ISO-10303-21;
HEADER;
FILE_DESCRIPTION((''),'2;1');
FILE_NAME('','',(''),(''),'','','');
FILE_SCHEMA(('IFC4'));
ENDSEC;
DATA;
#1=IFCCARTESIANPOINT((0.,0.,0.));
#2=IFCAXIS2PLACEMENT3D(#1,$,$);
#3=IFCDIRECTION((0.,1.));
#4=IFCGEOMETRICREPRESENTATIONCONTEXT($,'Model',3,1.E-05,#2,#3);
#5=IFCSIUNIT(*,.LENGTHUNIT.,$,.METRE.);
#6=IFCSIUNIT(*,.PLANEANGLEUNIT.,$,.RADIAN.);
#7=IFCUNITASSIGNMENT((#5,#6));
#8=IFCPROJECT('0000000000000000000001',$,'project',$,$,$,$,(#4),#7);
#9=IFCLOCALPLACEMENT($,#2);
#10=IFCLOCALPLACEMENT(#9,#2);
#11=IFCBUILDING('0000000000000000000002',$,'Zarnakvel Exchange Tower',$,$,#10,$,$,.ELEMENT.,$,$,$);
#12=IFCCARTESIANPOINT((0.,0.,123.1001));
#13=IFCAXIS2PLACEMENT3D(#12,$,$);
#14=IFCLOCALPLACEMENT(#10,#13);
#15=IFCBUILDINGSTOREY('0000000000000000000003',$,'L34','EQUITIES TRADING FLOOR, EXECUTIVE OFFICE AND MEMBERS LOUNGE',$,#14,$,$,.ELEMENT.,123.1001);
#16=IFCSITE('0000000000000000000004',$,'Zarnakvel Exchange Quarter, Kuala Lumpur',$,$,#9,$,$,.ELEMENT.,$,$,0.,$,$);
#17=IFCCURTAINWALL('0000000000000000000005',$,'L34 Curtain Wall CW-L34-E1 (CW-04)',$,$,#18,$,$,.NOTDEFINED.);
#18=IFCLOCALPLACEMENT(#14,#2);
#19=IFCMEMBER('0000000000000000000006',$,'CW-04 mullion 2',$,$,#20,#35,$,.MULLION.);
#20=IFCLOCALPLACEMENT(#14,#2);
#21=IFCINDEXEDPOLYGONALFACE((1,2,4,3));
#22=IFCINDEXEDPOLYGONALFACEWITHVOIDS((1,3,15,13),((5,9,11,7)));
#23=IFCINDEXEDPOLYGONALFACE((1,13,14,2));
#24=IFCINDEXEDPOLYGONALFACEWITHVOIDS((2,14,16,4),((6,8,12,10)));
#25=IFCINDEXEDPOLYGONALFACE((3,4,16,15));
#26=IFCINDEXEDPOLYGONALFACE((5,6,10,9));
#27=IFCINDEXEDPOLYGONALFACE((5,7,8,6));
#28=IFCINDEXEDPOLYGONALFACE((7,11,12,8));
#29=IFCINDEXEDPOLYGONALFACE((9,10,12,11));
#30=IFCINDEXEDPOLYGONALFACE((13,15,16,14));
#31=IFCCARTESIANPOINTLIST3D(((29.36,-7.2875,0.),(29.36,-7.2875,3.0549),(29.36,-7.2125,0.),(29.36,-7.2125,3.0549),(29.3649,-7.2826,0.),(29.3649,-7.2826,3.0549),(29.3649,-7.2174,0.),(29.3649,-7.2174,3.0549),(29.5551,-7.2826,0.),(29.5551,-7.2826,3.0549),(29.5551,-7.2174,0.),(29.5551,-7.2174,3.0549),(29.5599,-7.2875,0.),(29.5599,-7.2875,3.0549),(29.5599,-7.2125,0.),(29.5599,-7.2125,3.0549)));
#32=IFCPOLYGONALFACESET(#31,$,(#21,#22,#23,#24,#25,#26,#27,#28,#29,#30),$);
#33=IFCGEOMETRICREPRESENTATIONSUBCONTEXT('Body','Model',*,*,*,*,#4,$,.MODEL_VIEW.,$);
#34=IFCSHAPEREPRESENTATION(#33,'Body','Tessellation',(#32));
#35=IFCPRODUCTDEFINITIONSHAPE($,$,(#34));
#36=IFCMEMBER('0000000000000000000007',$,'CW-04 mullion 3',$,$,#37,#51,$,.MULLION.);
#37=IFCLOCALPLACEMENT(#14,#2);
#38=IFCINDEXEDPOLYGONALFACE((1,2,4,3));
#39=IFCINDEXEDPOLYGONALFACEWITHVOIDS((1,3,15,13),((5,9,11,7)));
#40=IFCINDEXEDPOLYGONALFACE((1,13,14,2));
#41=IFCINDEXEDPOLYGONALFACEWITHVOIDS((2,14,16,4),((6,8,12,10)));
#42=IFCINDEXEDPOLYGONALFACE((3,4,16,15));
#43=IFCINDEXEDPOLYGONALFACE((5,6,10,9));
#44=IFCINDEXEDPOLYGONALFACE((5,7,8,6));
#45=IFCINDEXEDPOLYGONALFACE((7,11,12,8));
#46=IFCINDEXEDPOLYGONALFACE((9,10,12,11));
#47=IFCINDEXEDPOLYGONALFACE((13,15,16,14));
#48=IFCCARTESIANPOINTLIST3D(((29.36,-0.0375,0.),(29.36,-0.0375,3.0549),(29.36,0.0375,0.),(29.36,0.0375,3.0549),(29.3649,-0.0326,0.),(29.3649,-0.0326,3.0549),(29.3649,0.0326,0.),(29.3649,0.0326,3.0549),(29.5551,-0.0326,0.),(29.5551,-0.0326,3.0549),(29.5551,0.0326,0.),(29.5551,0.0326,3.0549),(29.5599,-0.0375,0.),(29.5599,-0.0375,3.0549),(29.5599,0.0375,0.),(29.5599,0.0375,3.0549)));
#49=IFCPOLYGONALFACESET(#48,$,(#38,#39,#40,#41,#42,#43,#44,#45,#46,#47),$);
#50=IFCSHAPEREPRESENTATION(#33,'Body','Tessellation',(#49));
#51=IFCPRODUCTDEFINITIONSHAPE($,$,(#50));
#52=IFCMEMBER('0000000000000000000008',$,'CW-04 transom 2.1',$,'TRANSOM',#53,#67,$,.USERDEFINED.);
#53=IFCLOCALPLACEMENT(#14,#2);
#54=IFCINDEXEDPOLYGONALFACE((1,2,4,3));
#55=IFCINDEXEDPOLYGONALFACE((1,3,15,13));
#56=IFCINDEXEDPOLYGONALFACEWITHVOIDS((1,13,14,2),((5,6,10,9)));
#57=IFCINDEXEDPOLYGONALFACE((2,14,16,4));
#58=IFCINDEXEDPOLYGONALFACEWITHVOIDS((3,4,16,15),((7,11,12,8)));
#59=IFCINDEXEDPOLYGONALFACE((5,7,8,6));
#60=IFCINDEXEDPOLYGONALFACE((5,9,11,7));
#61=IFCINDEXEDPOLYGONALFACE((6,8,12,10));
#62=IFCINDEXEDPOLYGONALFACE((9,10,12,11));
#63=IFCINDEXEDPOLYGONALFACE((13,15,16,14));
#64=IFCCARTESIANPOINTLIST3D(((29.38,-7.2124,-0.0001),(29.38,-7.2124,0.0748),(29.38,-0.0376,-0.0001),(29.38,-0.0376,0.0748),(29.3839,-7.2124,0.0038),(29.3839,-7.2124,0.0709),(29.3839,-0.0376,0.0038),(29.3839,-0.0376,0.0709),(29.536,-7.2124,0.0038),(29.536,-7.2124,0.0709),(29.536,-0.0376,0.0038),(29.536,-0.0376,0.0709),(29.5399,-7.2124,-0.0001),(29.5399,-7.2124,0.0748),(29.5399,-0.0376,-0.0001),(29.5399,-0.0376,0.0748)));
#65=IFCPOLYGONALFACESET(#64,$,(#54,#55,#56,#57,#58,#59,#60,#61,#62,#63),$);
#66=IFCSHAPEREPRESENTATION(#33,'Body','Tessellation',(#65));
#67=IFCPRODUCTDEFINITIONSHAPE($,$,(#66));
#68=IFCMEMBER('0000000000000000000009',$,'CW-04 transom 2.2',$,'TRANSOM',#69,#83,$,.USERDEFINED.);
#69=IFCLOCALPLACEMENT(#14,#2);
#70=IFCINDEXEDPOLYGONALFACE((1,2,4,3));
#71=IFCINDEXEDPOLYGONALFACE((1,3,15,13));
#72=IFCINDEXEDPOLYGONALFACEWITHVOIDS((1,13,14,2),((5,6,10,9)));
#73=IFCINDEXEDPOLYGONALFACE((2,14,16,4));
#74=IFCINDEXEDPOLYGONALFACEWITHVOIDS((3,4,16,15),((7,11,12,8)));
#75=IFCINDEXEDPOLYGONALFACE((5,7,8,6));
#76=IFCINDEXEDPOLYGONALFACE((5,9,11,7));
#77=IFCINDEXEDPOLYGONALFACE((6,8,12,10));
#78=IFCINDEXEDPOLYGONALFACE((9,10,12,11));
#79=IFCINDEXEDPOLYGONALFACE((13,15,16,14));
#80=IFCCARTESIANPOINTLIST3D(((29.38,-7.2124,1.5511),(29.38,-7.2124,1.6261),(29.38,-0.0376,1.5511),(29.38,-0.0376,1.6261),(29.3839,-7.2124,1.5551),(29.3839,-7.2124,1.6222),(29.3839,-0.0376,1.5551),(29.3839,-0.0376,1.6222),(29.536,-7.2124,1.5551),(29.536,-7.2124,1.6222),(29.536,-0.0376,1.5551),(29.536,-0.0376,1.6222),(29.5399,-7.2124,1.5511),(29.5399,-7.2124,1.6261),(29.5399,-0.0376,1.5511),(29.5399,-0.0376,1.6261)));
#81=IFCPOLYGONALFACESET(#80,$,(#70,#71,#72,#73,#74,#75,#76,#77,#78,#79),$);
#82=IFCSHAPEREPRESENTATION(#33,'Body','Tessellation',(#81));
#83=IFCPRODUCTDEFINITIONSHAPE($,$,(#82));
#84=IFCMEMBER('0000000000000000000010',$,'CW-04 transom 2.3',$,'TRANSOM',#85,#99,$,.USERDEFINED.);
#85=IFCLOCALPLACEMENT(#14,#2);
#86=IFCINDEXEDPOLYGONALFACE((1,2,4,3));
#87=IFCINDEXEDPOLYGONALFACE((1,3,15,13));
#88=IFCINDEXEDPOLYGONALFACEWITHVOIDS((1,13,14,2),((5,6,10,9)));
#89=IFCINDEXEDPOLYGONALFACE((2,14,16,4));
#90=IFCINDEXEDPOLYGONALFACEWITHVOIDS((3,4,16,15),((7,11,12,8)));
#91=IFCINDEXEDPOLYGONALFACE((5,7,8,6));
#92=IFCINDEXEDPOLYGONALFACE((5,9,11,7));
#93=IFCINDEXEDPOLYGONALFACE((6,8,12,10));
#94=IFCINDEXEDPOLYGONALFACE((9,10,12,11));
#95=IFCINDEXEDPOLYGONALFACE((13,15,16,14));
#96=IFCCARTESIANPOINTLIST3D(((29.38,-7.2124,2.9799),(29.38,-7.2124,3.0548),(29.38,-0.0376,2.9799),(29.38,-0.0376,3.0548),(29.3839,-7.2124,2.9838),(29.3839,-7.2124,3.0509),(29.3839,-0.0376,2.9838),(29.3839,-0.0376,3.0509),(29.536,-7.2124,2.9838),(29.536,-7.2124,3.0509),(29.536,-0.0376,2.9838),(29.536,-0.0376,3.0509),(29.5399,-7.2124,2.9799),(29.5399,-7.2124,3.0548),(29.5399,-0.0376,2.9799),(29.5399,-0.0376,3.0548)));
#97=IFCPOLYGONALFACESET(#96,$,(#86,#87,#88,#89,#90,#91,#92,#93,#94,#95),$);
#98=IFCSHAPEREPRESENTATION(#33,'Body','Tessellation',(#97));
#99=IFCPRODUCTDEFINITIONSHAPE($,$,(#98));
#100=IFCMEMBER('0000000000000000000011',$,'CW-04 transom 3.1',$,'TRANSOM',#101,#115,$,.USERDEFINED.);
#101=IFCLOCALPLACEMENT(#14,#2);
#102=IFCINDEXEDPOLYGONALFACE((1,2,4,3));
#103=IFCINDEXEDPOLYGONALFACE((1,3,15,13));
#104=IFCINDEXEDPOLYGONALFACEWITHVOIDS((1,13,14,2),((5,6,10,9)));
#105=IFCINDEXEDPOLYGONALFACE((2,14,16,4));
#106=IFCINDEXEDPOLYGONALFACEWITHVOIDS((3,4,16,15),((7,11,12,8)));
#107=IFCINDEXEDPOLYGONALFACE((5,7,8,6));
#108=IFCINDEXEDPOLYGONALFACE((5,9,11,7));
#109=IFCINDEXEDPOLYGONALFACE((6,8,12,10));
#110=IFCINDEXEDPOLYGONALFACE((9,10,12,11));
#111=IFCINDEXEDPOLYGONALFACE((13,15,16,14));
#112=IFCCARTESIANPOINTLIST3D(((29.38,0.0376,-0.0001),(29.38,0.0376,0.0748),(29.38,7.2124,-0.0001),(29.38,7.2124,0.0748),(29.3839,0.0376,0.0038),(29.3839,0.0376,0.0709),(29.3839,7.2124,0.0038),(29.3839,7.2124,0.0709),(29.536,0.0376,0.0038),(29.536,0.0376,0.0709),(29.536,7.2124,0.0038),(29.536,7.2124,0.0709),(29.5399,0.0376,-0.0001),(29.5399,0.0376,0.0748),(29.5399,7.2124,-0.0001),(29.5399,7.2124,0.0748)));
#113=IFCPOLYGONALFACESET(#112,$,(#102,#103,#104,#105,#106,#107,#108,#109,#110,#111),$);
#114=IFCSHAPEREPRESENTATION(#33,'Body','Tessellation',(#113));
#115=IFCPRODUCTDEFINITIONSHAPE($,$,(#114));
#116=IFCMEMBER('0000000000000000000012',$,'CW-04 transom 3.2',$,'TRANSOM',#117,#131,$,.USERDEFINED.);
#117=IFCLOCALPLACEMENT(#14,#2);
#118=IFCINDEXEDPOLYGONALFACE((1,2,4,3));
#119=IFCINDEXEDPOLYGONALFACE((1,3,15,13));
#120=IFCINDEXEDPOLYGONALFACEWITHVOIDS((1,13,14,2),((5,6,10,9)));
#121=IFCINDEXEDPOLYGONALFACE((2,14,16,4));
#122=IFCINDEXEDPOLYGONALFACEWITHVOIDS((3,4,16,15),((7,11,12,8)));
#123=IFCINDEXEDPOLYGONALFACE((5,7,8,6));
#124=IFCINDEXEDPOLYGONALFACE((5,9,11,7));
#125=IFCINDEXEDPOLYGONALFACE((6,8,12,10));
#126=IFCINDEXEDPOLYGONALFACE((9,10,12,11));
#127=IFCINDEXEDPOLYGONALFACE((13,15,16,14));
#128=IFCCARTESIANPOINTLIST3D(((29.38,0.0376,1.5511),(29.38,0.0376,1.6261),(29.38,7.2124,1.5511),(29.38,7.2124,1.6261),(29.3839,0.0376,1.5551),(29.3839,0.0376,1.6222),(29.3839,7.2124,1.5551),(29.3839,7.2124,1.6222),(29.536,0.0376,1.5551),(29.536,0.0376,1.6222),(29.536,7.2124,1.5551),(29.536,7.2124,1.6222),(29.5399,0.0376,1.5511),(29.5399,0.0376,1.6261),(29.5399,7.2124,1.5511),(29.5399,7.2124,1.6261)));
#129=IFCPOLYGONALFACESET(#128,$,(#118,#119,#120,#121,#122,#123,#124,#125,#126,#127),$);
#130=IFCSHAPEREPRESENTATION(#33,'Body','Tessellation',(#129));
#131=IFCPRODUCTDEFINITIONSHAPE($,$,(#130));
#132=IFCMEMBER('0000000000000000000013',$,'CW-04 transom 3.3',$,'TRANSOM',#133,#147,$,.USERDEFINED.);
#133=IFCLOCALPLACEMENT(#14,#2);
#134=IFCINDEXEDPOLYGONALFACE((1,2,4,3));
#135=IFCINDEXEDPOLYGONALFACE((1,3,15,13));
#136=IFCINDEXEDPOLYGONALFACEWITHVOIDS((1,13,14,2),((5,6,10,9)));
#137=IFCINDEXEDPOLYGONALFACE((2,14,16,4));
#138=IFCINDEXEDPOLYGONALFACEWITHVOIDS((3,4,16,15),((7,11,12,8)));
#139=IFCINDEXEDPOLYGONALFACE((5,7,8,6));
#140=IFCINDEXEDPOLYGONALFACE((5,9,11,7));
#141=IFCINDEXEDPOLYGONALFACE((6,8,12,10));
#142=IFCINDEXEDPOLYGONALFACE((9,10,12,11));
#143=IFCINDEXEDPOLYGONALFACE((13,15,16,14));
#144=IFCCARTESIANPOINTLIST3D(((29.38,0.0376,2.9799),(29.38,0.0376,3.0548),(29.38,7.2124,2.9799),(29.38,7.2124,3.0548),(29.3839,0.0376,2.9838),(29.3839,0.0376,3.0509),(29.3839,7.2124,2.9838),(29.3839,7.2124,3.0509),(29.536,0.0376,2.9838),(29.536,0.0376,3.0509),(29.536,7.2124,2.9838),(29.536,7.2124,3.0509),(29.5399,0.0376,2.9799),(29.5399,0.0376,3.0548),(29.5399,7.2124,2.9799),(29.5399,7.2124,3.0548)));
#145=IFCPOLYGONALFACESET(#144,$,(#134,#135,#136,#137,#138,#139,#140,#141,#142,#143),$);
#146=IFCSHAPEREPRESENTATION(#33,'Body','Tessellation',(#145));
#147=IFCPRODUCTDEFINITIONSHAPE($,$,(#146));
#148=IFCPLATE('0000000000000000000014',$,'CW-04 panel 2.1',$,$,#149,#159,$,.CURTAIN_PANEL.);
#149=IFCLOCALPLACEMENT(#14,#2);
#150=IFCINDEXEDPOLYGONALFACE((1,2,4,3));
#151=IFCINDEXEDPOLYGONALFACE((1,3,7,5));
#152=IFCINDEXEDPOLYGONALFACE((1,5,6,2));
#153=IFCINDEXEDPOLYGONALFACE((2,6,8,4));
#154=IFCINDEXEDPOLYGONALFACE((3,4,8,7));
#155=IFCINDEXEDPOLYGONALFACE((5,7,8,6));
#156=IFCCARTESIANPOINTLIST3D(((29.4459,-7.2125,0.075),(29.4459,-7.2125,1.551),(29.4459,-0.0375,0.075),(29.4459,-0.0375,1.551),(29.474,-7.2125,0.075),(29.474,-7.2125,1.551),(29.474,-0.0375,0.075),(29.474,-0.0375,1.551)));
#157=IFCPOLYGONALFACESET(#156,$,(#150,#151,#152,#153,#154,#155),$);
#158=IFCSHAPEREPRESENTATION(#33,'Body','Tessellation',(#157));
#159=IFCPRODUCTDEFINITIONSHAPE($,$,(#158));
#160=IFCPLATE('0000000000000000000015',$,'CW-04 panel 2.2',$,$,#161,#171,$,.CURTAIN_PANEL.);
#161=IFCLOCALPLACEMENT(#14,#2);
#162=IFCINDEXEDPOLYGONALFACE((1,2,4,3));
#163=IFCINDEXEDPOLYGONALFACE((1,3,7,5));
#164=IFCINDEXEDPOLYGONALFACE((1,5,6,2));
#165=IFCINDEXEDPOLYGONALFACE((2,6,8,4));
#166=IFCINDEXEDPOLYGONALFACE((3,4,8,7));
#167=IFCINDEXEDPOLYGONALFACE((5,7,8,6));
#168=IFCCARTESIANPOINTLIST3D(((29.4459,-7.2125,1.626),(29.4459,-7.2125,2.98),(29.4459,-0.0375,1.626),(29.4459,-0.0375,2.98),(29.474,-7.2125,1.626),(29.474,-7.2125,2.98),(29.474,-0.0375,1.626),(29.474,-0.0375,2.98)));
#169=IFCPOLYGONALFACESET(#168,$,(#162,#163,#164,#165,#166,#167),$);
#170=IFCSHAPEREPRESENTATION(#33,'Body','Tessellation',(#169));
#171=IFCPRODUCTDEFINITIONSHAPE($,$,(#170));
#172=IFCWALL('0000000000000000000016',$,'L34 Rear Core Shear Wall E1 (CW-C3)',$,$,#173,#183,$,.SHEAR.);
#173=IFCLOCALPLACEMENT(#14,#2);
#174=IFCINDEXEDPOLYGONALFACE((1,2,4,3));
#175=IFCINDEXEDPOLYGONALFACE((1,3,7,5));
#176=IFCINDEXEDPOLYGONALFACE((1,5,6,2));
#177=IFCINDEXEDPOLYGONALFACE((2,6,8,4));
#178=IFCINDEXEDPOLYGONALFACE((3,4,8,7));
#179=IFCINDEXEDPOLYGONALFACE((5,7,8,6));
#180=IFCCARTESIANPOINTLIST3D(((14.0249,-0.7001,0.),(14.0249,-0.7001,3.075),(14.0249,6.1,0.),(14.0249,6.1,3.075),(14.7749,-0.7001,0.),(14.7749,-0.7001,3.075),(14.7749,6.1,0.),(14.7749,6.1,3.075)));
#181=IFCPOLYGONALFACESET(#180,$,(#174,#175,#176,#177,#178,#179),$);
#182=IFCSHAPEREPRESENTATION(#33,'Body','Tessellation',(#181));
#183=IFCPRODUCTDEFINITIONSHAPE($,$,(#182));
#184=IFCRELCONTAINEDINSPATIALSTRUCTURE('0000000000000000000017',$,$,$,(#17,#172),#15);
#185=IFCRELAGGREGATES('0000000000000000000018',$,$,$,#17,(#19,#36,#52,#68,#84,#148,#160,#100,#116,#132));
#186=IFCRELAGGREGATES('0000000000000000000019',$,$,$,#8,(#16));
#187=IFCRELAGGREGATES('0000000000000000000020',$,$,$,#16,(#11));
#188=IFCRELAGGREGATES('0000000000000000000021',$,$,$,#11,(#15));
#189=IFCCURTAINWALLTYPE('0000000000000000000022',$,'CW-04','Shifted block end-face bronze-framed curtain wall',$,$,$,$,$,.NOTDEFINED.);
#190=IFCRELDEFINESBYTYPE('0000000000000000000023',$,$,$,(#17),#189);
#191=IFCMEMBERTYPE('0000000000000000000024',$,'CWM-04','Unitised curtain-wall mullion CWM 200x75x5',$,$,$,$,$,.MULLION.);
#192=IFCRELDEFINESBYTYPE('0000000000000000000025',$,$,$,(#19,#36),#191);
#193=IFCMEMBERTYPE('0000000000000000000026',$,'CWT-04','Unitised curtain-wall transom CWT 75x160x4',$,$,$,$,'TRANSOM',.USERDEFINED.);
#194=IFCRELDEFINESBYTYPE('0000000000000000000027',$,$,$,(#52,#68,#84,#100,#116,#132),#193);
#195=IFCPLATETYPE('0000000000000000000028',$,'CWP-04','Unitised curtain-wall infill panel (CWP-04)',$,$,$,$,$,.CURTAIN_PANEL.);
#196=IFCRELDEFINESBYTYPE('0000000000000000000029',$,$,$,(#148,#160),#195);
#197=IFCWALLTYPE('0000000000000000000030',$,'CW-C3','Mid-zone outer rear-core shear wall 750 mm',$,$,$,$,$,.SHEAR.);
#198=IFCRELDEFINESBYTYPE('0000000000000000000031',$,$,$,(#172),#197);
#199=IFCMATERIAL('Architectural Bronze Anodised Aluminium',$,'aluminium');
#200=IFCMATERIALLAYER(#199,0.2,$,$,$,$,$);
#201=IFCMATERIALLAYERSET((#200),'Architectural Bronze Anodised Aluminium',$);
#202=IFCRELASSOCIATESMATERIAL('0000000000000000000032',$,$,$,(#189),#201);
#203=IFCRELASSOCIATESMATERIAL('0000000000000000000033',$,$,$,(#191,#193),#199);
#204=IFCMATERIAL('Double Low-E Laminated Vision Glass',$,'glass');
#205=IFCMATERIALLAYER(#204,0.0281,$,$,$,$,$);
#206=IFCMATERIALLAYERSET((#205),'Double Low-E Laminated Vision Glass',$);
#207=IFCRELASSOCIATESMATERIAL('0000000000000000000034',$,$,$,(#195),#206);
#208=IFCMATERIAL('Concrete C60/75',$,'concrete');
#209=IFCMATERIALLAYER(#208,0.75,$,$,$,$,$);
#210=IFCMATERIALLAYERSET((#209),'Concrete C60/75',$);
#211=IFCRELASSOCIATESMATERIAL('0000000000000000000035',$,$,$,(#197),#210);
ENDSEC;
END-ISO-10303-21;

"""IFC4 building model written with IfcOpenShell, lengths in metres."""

from ifc_helpers import new_model, si_unit, direction, frame, frame_2d, origin, origin_2d, place, context, subcontext, project, spatial, rectangle, hollow_rectangle, extrude, source, transform, mapped, material, layer, layer_set, material_profile, profile_set, type_object, element, aggregate, save


model = new_model("IFC4")

# Units and contexts
model_context = context("Model", 3, precision=1e-05, world=origin(), true_north=direction((0.0, 1.0)))
body_context = subcontext(model_context, "Body", "Model", "MODEL_VIEW")
ifc_project = project(units=[si_unit("LENGTHUNIT", "METRE"), si_unit("PLANEANGLEUNIT", "RADIAN")], contexts=[model_context])

# Site, building, storey
site_placement = place(None, origin())
site = spatial("IfcSite", under=ifc_project, at=site_placement, Name="Zarnakvel Exchange Quarter, Kuala Lumpur", CompositionType="ELEMENT", RefElevation=0.0)
building_placement = place(site_placement, origin())
building = spatial("IfcBuilding", under=site, at=building_placement, Name="Zarnakvel Exchange Tower", CompositionType="ELEMENT")
storey_placement = place(building_placement, frame((0.0, 0.0, 123.1001)))
storey = spatial("IfcBuildingStorey", under=building, at=storey_placement, Name="L34", Description="EQUITIES TRADING FLOOR, EXECUTIVE OFFICE AND MEMBERS LOUNGE", CompositionType="ELEMENT", Elevation=123.1001)

# Shared definitions
ifc_material_1 = material(Name="Concrete C60/75", Category="concrete")

# Curtain wall, members, plates
ifc_material_2 = material(Name="Architectural Bronze Anodised Aluminium", Category="aluminium")
ifc_layer_1 = layer(ifc_material_2, 0.2)
ifc_layer_set_1 = layer_set([ifc_layer_1], Name="Architectural Bronze Anodised Aluminium")
curtain_wall_type = type_object("IfcCurtainWallType", Name="CW-04", Description="Shifted block end-face bronze-framed curtain wall", PredefinedType="NOTDEFINED", material=ifc_layer_set_1)
curtain_wall_placement = place(storey_placement, origin())
curtain_wall = element("IfcCurtainWall", 1, at=curtain_wall_placement, inside=storey, type_object=curtain_wall_type, Name="L34 Curtain Wall CW-L34-E1 (CW-04)", PredefinedType="NOTDEFINED")
ifc_material_profile_1 = material_profile(ifc_material_2, hollow_rectangle(XDim=0.2, YDim=0.075, WallThickness=0.0049, at=origin_2d()))
ifc_profile_set_1 = profile_set([ifc_material_profile_1], Name="Architectural Bronze Anodised Aluminium")
member_type_1 = type_object("IfcMemberType", Name="CWM-04", Description="Unitised curtain-wall mullion CWM 200x75x5", PredefinedType="MULLION", material=ifc_profile_set_1)
shared_shape_1 = source(origin(), body_context, "Body", "SweptSolid", [
    extrude(hollow_rectangle(XDim=0.2, YDim=0.075, WallThickness=0.0049, at=origin_2d()), origin(), (0.0, 0.0, 1.0), 3.0549),
])
member_1_placement = place(storey_placement, frame((29.46, -7.25, 0.0), z_axis=(0.0, 0.0, 1.0), x_axis=(-1.0, 0.0, 0.0)))
member_1 = element("IfcMember", 2, at=member_1_placement, type_object=member_type_1, Name="CW-04 mullion 2", PredefinedType="MULLION", context=body_context, shape_type="MappedRepresentation", body=[
    mapped(shared_shape_1, transform((0.0, 0.0, 0.0), x_axis=(1.0, 0.0, 0.0), y_axis=(0.0, 1.0, 0.0), z_axis=(0.0, 0.0, 1.0), scale=1.0)),
])
member_2_placement = place(storey_placement, frame((29.46, 0.0, 0.0), z_axis=(0.0, 0.0, 1.0), x_axis=(-1.0, 0.0, 0.0)))
member_2 = element("IfcMember", 3, at=member_2_placement, type_object=member_type_1, Name="CW-04 mullion 3", PredefinedType="MULLION", context=body_context, shape_type="MappedRepresentation", body=[
    mapped(shared_shape_1, transform((0.0, 0.0, 0.0), x_axis=(1.0, 0.0, 0.0), y_axis=(0.0, 1.0, 0.0), z_axis=(0.0, 0.0, 1.0), scale=1.0)),
])
ifc_material_profile_2 = material_profile(ifc_material_2, hollow_rectangle(XDim=0.1599, YDim=0.075, WallThickness=0.0039, at=origin_2d()))
ifc_profile_set_2 = profile_set([ifc_material_profile_2], Name="Architectural Bronze Anodised Aluminium")
member_type_2 = type_object("IfcMemberType", Name="CWT-04", Description="Unitised curtain-wall transom CWT 75x160x4", ElementType="TRANSOM", PredefinedType="USERDEFINED", material=ifc_profile_set_2)
shared_shape_2 = source(origin(), body_context, "Body", "SweptSolid", [
    extrude(hollow_rectangle(XDim=0.1599, YDim=0.075, WallThickness=0.0039, at=origin_2d()), origin(), (0.0, 0.0, 1.0), 7.1748),
])
member_3_placement = place(storey_placement, frame((29.46, -7.2124, 0.0374), z_axis=(0.0, 1.0, 0.0), x_axis=(-1.0, 0.0, 0.0)))
member_3 = element("IfcMember", 4, at=member_3_placement, type_object=member_type_2, Name="CW-04 transom 2.1", ObjectType="TRANSOM", PredefinedType="USERDEFINED", context=body_context, shape_type="MappedRepresentation", body=[
    mapped(shared_shape_2, transform((0.0, 0.0, 0.0), x_axis=(1.0, 0.0, 0.0), y_axis=(0.0, 1.0, 0.0), z_axis=(0.0, 0.0, 1.0), scale=1.0)),
])
member_4_placement = place(storey_placement, frame((29.46, -7.2124, 1.5886), z_axis=(0.0, 1.0, 0.0), x_axis=(-1.0, 0.0, 0.0)))
member_4 = element("IfcMember", 5, at=member_4_placement, type_object=member_type_2, Name="CW-04 transom 2.2", ObjectType="TRANSOM", PredefinedType="USERDEFINED", context=body_context, shape_type="MappedRepresentation", body=[
    mapped(shared_shape_2, transform((0.0, 0.0, 0.0), x_axis=(1.0, 0.0, 0.0), y_axis=(0.0, 1.0, 0.0), z_axis=(0.0, 0.0, 1.0), scale=1.0)),
])
member_5_placement = place(storey_placement, frame((29.46, -7.2124, 3.0173), z_axis=(0.0, 1.0, 0.0), x_axis=(-1.0, 0.0, 0.0)))
member_5 = element("IfcMember", 6, at=member_5_placement, type_object=member_type_2, Name="CW-04 transom 2.3", ObjectType="TRANSOM", PredefinedType="USERDEFINED", context=body_context, shape_type="MappedRepresentation", body=[
    mapped(shared_shape_2, transform((0.0, 0.0, 0.0), x_axis=(1.0, 0.0, 0.0), y_axis=(0.0, 1.0, 0.0), z_axis=(0.0, 0.0, 1.0), scale=1.0)),
])
member_6_placement = place(storey_placement, frame((29.46, 0.0376, 0.0374), z_axis=(0.0, 1.0, 0.0), x_axis=(-1.0, 0.0, 0.0)))
member_6 = element("IfcMember", 7, at=member_6_placement, type_object=member_type_2, Name="CW-04 transom 3.1", ObjectType="TRANSOM", PredefinedType="USERDEFINED", context=body_context, shape_type="MappedRepresentation", body=[
    mapped(shared_shape_2, transform((0.0, 0.0, 0.0), x_axis=(1.0, 0.0, 0.0), y_axis=(0.0, 1.0, 0.0), z_axis=(0.0, 0.0, 1.0), scale=1.0)),
])
member_7_placement = place(storey_placement, frame((29.46, 0.0376, 1.5886), z_axis=(0.0, 1.0, 0.0), x_axis=(-1.0, 0.0, 0.0)))
member_7 = element("IfcMember", 8, at=member_7_placement, type_object=member_type_2, Name="CW-04 transom 3.2", ObjectType="TRANSOM", PredefinedType="USERDEFINED", context=body_context, shape_type="MappedRepresentation", body=[
    mapped(shared_shape_2, transform((0.0, 0.0, 0.0), x_axis=(1.0, 0.0, 0.0), y_axis=(0.0, 1.0, 0.0), z_axis=(0.0, 0.0, 1.0), scale=1.0)),
])
member_8_placement = place(storey_placement, frame((29.46, 0.0376, 3.0173), z_axis=(0.0, 1.0, 0.0), x_axis=(-1.0, 0.0, 0.0)))
member_8 = element("IfcMember", 9, at=member_8_placement, type_object=member_type_2, Name="CW-04 transom 3.3", ObjectType="TRANSOM", PredefinedType="USERDEFINED", context=body_context, shape_type="MappedRepresentation", body=[
    mapped(shared_shape_2, transform((0.0, 0.0, 0.0), x_axis=(1.0, 0.0, 0.0), y_axis=(0.0, 1.0, 0.0), z_axis=(0.0, 0.0, 1.0), scale=1.0)),
])
ifc_material_3 = material(Name="Double Low-E Laminated Vision Glass", Category="glass")
ifc_layer_2 = layer(ifc_material_3, 0.0281)
ifc_layer_set_2 = layer_set([ifc_layer_2], Name="Double Low-E Laminated Vision Glass")
plate_type = type_object("IfcPlateType", Name="CWP-04", Description="Unitised curtain-wall infill panel (CWP-04)", PredefinedType="CURTAIN_PANEL", material=ifc_layer_set_2)
shared_shape_3 = source(origin(), body_context, "Body", "SweptSolid", [
    extrude(rectangle(XDim=7.175, YDim=0.0281, at=origin_2d()), origin(), (0.0, 0.0, 1.0), 1.4761),
])
plate_1_placement = place(storey_placement, frame((29.46, -3.625, 0.075), z_axis=(0.0, 0.0, 1.0), x_axis=(0.0, 1.0, 0.0)))
plate_1 = element("IfcPlate", 10, at=plate_1_placement, type_object=plate_type, Name="CW-04 panel 2.1", PredefinedType="CURTAIN_PANEL", context=body_context, shape_type="MappedRepresentation", body=[
    mapped(shared_shape_3, transform((0.0, 0.0, 0.0), x_axis=(1.0, 0.0, 0.0), y_axis=(0.0, 1.0, 0.0), z_axis=(0.0, 0.0, 1.0), scale=1.0)),
])
shared_shape_4 = source(origin(), body_context, "Body", "SweptSolid", [
    extrude(rectangle(XDim=7.175, YDim=0.0281, at=origin_2d()), origin(), (0.0, 0.0, 1.0), 1.354),
])
plate_2_placement = place(storey_placement, frame((29.46, -3.625, 1.626), z_axis=(0.0, 0.0, 1.0), x_axis=(0.0, 1.0, 0.0)))
plate_2 = element("IfcPlate", 11, at=plate_2_placement, type_object=plate_type, Name="CW-04 panel 2.2", PredefinedType="CURTAIN_PANEL", context=body_context, shape_type="MappedRepresentation", body=[
    mapped(shared_shape_4, transform((0.0, 0.0, 0.0), x_axis=(1.0, 0.0, 0.0), y_axis=(0.0, 1.0, 0.0), z_axis=(0.0, 0.0, 1.0), scale=1.0)),
])
aggregate(curtain_wall, [member_1, member_2, member_3, member_4, member_5, plate_1, plate_2, member_6, member_7, member_8])

# Wall
ifc_layer_3 = layer(ifc_material_1, 0.75)
ifc_layer_set_3 = layer_set([ifc_layer_3], Name="Concrete C60/75")
wall_type_1 = type_object("IfcWallType", Name="CW-C3", Description="Mid-zone outer rear-core shear wall 750 mm", PredefinedType="SHEAR", material=ifc_layer_set_3)
wall_1_placement = place(storey_placement, frame((14.3999, -0.7, 0.0), z_axis=(0.0, 0.0, 1.0), x_axis=(0.0, 1.0, 0.0)))
element("IfcWall", 12, at=wall_1_placement, inside=storey, type_object=wall_type_1, Name="L34 Rear Core Shear Wall E1 (CW-C3)", PredefinedType="SHEAR", context=body_context, shape_type="SweptSolid", body=[
    extrude(rectangle(XDim=6.8, YDim=0.75, at=frame_2d((3.3999, 0.0))), origin(), (0.0, 0.0, 1.0), 3.075),
])

save(model, "model.ifc")
